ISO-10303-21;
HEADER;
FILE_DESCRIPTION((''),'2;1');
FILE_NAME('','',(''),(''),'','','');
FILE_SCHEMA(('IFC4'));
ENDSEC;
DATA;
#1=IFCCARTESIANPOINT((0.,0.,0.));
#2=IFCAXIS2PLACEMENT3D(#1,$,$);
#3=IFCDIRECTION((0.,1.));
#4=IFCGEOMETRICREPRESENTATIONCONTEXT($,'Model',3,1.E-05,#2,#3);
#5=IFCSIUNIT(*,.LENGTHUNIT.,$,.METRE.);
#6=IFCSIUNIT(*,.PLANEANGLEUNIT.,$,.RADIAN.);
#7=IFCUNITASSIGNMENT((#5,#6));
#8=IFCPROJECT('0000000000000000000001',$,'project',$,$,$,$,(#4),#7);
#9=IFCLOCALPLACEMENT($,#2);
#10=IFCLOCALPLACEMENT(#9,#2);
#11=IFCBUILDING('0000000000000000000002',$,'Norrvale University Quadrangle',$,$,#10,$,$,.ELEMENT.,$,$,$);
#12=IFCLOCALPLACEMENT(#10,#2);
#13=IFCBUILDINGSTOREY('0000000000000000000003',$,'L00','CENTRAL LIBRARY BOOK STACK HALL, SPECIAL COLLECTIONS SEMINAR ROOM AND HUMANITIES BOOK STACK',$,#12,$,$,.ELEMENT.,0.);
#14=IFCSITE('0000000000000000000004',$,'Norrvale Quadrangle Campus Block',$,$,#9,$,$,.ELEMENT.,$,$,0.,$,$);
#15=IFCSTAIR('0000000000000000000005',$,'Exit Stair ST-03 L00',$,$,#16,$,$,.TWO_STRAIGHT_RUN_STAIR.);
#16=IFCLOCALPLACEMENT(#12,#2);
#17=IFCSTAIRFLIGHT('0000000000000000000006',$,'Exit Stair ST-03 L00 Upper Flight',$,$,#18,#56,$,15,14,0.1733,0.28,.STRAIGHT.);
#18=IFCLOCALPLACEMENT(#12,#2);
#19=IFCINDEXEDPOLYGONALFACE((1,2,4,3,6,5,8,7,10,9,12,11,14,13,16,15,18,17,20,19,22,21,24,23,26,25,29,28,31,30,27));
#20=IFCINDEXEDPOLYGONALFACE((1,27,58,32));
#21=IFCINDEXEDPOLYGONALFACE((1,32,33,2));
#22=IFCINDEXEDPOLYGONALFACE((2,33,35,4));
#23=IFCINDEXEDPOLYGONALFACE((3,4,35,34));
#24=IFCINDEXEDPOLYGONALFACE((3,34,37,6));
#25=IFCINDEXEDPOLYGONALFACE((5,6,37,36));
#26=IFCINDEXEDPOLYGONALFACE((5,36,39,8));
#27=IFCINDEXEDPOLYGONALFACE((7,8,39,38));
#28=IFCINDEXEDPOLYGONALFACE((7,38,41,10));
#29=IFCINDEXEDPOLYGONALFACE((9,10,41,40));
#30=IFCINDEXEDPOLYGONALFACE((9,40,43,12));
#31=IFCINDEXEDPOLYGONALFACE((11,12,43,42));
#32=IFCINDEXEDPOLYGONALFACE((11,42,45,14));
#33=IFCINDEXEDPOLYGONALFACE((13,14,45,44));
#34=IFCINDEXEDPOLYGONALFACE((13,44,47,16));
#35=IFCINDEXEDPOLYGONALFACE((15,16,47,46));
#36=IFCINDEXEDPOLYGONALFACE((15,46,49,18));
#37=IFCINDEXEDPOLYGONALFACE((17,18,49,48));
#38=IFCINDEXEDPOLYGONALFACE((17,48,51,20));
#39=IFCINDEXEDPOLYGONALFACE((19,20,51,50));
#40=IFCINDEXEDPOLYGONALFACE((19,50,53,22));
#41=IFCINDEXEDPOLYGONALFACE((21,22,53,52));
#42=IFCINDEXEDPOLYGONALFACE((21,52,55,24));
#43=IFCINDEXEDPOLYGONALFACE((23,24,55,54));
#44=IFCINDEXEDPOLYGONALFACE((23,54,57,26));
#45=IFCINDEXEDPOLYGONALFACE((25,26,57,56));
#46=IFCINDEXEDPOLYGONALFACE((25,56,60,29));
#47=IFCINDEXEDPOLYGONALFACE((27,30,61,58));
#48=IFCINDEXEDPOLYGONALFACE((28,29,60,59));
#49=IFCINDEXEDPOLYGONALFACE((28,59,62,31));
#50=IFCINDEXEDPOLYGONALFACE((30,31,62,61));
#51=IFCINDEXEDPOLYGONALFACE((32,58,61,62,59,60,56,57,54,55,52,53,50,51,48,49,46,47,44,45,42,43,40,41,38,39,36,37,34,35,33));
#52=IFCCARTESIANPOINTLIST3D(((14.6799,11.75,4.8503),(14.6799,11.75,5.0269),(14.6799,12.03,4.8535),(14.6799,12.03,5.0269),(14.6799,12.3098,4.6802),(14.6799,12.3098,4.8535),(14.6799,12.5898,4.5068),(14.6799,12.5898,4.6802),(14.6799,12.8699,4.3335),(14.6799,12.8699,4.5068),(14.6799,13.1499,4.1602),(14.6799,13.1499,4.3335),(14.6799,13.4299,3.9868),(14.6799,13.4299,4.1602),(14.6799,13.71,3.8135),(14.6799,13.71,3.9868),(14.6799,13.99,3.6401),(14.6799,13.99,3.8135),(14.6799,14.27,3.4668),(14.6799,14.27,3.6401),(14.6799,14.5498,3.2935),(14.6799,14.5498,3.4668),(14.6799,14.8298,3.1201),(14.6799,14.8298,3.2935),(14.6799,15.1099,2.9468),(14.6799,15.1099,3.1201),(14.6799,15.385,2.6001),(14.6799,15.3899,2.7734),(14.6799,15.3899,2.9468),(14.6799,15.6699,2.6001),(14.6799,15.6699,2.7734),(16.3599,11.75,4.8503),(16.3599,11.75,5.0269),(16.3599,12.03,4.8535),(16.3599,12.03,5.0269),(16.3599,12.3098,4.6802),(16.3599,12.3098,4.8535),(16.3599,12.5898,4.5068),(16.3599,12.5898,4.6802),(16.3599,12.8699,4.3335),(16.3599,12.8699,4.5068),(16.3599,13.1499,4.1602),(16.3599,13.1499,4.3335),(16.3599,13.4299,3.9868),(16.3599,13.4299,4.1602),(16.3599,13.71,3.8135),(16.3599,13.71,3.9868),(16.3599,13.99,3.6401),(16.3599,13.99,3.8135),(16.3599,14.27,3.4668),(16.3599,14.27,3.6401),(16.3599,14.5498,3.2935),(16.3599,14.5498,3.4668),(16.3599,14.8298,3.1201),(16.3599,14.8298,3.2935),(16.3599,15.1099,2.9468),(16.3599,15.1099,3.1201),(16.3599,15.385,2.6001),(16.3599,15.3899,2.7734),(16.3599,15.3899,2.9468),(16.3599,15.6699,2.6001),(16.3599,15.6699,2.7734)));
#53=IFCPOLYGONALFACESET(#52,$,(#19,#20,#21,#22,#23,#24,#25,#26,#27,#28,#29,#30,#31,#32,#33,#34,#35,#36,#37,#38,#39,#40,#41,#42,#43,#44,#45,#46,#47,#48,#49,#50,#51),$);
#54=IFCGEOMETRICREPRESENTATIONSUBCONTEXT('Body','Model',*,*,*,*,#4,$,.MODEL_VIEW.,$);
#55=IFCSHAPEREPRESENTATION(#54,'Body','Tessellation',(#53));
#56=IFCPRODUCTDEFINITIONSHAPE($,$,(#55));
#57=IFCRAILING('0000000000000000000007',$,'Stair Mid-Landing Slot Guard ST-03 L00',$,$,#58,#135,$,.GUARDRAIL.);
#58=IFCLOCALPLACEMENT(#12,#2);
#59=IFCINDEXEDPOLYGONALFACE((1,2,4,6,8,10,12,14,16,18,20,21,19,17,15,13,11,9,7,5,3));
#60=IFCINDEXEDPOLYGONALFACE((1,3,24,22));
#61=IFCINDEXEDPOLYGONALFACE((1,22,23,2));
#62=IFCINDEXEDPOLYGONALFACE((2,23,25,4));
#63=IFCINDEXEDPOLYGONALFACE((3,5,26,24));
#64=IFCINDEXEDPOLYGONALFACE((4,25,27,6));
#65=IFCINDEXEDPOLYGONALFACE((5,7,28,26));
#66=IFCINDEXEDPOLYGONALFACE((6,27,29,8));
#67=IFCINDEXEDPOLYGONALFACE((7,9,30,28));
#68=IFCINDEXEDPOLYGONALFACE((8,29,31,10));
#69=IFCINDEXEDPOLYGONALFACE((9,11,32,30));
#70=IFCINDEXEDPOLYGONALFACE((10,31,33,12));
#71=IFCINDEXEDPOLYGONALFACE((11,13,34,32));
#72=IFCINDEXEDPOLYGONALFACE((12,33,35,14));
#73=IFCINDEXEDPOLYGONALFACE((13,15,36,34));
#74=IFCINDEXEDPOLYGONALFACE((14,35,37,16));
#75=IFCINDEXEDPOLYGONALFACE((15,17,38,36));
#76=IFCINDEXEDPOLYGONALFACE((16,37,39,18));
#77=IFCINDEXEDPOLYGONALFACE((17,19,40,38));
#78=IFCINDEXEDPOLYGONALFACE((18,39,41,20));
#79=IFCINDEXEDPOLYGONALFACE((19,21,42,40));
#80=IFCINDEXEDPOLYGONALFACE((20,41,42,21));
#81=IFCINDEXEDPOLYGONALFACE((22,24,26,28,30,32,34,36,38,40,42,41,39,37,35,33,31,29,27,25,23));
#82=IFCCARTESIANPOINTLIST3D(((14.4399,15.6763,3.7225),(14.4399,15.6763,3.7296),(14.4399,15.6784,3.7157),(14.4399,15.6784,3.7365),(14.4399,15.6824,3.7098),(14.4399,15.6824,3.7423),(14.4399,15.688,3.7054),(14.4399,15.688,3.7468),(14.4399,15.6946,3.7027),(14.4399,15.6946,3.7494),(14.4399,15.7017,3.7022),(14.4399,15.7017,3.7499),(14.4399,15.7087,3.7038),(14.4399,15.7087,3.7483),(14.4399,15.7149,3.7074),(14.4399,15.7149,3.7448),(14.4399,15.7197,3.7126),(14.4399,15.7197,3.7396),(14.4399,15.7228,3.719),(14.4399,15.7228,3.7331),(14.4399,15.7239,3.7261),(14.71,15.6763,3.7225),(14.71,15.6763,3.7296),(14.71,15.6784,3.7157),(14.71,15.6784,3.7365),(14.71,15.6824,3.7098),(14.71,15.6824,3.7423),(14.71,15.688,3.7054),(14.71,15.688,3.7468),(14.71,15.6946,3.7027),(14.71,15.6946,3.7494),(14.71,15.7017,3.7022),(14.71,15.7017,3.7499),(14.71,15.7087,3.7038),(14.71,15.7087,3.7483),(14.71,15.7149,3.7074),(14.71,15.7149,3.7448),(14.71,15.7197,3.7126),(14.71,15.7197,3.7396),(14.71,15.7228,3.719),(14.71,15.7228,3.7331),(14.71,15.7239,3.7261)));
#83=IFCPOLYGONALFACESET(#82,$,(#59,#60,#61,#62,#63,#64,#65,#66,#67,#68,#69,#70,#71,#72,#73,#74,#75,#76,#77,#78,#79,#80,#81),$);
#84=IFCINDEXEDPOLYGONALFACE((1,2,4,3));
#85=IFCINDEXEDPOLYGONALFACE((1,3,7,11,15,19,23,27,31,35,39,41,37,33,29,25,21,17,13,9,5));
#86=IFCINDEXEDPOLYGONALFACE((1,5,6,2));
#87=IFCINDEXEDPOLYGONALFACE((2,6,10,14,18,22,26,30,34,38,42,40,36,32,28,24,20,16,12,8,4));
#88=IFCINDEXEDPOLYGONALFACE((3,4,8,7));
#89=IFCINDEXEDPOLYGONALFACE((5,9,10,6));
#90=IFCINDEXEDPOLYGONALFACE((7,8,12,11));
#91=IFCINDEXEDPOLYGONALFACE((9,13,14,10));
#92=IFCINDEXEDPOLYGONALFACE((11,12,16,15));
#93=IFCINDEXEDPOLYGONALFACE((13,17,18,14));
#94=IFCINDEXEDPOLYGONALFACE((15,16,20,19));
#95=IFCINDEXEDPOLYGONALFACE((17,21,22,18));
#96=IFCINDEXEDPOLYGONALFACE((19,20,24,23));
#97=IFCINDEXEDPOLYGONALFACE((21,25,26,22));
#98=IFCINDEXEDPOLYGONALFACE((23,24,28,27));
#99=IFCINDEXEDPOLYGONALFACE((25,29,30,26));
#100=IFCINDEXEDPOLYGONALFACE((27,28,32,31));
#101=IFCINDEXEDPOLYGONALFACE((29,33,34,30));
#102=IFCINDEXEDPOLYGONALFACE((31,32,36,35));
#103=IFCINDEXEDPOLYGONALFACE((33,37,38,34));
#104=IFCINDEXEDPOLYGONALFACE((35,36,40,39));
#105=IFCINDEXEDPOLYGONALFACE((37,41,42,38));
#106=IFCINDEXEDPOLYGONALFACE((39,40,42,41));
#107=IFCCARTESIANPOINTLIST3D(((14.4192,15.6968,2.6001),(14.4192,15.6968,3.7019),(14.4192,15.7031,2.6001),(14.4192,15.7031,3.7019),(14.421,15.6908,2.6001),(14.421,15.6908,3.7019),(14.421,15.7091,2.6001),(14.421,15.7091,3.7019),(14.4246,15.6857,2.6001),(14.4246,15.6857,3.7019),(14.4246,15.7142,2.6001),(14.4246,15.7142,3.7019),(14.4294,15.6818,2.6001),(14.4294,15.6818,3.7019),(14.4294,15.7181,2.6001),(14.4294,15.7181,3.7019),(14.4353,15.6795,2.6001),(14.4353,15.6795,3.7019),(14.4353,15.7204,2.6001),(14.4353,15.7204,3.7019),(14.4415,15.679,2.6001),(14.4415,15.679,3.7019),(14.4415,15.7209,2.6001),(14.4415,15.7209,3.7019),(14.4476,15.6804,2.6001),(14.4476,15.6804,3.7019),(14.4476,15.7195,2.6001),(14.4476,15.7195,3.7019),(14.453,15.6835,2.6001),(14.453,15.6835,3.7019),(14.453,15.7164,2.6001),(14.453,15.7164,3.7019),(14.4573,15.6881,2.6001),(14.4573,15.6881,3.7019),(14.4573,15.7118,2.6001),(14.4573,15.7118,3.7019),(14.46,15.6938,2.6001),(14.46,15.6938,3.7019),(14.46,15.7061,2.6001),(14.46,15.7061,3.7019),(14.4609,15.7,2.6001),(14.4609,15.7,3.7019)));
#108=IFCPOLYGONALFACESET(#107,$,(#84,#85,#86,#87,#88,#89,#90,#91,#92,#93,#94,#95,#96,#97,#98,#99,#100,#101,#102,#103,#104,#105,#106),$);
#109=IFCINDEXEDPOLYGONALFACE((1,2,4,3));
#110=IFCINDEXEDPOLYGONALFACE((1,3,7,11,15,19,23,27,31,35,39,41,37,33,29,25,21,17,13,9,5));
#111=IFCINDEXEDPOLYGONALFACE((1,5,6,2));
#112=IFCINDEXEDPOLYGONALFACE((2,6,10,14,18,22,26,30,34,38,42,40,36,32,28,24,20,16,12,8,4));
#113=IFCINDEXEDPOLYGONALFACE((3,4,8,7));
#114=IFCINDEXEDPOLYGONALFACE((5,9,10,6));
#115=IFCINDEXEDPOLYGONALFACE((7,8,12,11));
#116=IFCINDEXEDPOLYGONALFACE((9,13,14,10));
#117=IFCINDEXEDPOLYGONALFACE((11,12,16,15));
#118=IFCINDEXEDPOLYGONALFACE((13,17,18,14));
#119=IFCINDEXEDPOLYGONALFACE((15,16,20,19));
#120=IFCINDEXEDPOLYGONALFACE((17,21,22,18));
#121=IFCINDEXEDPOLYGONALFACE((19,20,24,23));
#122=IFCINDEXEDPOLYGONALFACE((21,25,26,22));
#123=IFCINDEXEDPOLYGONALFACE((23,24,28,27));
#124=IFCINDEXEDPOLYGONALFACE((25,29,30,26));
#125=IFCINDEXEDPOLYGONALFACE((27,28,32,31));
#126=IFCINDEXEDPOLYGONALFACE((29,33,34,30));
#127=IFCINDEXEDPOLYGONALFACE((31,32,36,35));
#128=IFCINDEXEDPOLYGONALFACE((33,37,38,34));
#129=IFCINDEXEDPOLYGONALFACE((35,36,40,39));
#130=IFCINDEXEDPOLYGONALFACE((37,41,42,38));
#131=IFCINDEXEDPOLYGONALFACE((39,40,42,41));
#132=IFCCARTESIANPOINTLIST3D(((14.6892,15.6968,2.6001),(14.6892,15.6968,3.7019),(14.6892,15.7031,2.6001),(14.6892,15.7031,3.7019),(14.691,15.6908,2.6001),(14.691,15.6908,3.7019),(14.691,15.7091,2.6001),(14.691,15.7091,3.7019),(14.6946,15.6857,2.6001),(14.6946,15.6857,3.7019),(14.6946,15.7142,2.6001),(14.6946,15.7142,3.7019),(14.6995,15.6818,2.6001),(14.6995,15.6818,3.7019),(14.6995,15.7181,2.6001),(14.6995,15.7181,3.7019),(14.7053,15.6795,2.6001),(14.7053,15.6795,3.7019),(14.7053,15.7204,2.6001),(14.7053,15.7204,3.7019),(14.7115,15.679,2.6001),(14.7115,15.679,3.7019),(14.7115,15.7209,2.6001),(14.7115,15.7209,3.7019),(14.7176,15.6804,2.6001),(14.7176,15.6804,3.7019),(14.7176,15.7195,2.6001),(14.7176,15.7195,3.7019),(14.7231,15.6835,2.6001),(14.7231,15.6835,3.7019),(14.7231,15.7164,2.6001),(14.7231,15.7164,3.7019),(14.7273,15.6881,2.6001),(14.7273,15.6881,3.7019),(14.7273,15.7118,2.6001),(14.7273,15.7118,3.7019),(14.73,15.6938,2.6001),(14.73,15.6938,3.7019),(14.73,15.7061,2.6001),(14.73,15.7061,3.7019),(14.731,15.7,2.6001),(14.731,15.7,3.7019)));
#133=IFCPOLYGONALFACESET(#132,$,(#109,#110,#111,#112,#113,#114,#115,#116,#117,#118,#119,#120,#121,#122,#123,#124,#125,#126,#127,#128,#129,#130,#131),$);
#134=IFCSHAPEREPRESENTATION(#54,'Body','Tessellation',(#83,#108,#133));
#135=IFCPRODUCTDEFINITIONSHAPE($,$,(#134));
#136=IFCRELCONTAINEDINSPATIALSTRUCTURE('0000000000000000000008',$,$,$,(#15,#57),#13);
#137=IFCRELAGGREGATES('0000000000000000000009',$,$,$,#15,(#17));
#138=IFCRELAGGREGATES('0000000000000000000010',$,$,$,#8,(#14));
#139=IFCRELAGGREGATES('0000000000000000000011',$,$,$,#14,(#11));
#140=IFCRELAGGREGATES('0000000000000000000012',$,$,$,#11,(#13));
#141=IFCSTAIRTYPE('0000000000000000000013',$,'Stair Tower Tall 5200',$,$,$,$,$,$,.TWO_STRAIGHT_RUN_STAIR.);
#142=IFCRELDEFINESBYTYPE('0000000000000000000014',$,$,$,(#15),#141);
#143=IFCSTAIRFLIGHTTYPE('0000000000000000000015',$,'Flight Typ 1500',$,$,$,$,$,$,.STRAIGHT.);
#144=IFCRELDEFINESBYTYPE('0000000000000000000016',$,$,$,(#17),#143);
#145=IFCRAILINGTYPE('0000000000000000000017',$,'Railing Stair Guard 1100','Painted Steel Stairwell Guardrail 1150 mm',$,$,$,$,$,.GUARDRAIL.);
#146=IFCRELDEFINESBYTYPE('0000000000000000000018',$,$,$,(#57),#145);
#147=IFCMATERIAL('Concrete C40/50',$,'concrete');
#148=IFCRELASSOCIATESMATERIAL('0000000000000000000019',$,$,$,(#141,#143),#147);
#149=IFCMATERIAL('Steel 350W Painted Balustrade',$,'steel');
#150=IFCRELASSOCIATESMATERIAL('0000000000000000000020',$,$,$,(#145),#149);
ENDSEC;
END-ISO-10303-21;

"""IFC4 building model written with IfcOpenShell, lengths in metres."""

from ifc_helpers import new_model, si_unit, direction, frame, origin, origin_2d, place, context, subcontext, project, spatial, polyline, circle, outline, extrude, material, type_object, element, aggregate, save


model = new_model("IFC4")

# Units and contexts
model_context = context("Model", 3, precision=1e-05, world=origin(), true_north=direction((0.0, 1.0)))
body_context = subcontext(model_context, "Body", "Model", "MODEL_VIEW")
ifc_project = project(units=[si_unit("LENGTHUNIT", "METRE"), si_unit("PLANEANGLEUNIT", "RADIAN")], contexts=[model_context])

# Site, building, storey
site_placement = place(None, origin())
site = spatial("IfcSite", under=ifc_project, at=site_placement, Name="Norrvale Quadrangle Campus Block", CompositionType="ELEMENT", RefElevation=0.0)
building_placement = place(site_placement, origin())
building = spatial("IfcBuilding", under=site, at=building_placement, Name="Norrvale University Quadrangle", CompositionType="ELEMENT")
storey_placement = place(building_placement, origin())
storey = spatial("IfcBuildingStorey", under=building, at=storey_placement, Name="L00", Description="CENTRAL LIBRARY BOOK STACK HALL, SPECIAL COLLECTIONS SEMINAR ROOM AND HUMANITIES BOOK STACK", CompositionType="ELEMENT", Elevation=0.0)

# Stair, stair flight
ifc_material_1 = material(Name="Concrete C40/50", Category="concrete")
stair_type = type_object("IfcStairType", Name="Stair Tower Tall 5200", PredefinedType="TWO_STRAIGHT_RUN_STAIR", material=ifc_material_1)
stair_placement = place(storey_placement, origin())
stair = element("IfcStair", 1, at=stair_placement, inside=storey, type_object=stair_type, Name="Exit Stair ST-03 L00", PredefinedType="TWO_STRAIGHT_RUN_STAIR")
stair_flight_type = type_object("IfcStairFlightType", Name="Flight Typ 1500", PredefinedType="STRAIGHT", material=ifc_material_1)
stair_flight_placement = place(storey_placement, frame((15.52, 15.6699, 2.6001), z_axis=(0.0, 0.0, 1.0), x_axis=(0.0, -1.0, 0.0)))
stair_flight = element("IfcStairFlight", 2, at=stair_flight_placement, type_object=stair_flight_type, Name="Exit Stair ST-03 L00 Upper Flight", NumberOfRisers=15, NumberOfTreads=14, PredefinedType="STRAIGHT", RiserHeight=0.1733, TreadLength=0.28, context=body_context, shape_type="SweptSolid", body=[
    extrude(outline(polyline([(0.0, 0.0), (0.0, 0.1733), (0.28, 0.1733), (0.28, 0.3467), (0.5601, 0.3467), (0.5601, 0.52), (0.8401, 0.52), (0.8401, 0.6934), (1.1201, 0.6934), (1.1201, 0.8667), (1.3999, 0.8667), (1.3999, 1.04), (1.6799, 1.04), (1.6799, 1.2134), (1.96, 1.2134), (1.96, 1.3867), (2.24, 1.3867), (2.24, 1.5601), (2.52, 1.5601), (2.52, 1.7334), (2.8, 1.7334), (2.8, 1.9067), (3.0801, 1.9067), (3.0801, 2.0801), (3.3601, 2.0801), (3.3601, 2.2534), (3.6399, 2.2534), (3.6399, 2.4268), (3.9199, 2.4268), (3.9199, 2.6001), (3.9199, 2.2502), (0.2849, 0.0), (0.0, 0.0)])), frame((0.0, 0.8398, 0.0), z_axis=(0.0, -1.0, 0.0), x_axis=(1.0, 0.0, 0.0)), (0.0, 0.0, 1.0), 1.6799),
])
aggregate(stair, [stair_flight])

# Railing
ifc_material_2 = material(Name="Steel 350W Painted Balustrade", Category="steel")
railing_type_1 = type_object("IfcRailingType", Name="Railing Stair Guard 1100", Description="Painted Steel Stairwell Guardrail 1150 mm", PredefinedType="GUARDRAIL", material=ifc_material_2)
railing_1_placement = place(storey_placement, frame((14.4399, 15.7, 2.6001)))
element("IfcRailing", 3, at=railing_1_placement, inside=storey, type_object=railing_type_1, Name="Stair Mid-Landing Slot Guard ST-03 L00", PredefinedType="GUARDRAIL", context=body_context, shape_type="SweptSolid", body=[
    extrude(circle(Radius=0.0239, at=origin_2d()), frame((0.0, 0.0, 1.126), z_axis=(1.0, 0.0, 0.0), x_axis=(0.0, 1.0, 0.0)), (0.0, 0.0, 1.0), 0.27),
    extrude(circle(Radius=0.021, at=origin_2d()), origin(), (0.0, 0.0, 1.0), 1.1018),
    extrude(circle(Radius=0.021, at=origin_2d()), frame((0.27, 0.0, 0.0)), (0.0, 0.0, 1.0), 1.1018),
])

save(model, "model.ifc")
